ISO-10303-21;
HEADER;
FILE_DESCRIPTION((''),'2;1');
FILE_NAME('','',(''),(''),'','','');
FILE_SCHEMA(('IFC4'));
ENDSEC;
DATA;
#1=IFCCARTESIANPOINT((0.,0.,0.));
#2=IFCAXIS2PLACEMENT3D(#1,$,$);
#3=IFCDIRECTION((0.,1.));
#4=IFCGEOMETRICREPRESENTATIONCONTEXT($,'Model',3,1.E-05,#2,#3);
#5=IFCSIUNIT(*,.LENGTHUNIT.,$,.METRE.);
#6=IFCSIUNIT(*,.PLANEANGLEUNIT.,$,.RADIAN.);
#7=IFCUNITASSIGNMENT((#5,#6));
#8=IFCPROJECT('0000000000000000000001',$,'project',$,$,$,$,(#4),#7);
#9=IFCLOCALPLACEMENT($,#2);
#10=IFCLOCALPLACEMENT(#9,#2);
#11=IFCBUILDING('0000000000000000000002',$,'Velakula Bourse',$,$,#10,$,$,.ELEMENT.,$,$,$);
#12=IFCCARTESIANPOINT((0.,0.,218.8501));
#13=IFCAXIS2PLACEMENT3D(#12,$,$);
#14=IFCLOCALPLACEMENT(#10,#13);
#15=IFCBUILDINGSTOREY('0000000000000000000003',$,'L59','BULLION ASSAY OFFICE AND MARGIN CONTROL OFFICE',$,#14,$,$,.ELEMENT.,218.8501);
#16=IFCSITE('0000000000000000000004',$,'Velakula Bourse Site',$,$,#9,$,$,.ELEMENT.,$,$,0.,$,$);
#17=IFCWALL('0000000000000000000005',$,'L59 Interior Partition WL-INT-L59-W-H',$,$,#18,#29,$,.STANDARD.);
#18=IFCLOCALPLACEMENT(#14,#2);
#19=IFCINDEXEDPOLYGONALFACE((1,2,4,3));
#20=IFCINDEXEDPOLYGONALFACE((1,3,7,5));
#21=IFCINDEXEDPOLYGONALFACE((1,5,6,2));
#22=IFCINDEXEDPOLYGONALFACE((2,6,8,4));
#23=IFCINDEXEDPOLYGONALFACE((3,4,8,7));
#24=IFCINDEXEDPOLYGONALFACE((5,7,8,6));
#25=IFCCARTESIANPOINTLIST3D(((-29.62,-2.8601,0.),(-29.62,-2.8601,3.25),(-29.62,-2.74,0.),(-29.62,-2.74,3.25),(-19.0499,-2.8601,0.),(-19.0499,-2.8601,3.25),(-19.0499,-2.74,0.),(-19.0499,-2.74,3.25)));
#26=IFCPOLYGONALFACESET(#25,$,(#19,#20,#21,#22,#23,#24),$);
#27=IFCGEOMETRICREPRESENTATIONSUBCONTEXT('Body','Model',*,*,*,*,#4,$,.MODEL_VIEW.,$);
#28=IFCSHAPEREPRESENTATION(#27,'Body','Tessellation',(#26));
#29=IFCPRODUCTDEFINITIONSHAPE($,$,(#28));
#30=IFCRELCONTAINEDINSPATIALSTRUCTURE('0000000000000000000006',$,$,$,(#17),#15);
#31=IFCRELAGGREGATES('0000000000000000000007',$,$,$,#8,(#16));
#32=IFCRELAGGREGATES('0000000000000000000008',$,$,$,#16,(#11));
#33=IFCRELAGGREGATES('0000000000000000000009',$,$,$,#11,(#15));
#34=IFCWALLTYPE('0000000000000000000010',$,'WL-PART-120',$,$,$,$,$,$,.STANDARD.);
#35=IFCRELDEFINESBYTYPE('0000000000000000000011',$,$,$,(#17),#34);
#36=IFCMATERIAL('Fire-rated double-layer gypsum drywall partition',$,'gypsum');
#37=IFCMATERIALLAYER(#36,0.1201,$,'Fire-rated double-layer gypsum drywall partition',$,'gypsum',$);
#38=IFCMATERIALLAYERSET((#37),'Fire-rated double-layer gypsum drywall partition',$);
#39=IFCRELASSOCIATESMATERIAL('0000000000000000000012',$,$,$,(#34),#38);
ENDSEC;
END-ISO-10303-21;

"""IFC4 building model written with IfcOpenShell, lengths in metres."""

from ifc_helpers import new_model, si_unit, direction, frame, frame_2d, origin, place, context, subcontext, project, spatial, rectangle, extrude, material, layer, layer_set, type_object, element, save


model = new_model("IFC4")

# Units and contexts
model_context = context("Model", 3, precision=1e-05, world=origin(), true_north=direction((0.0, 1.0)))
body_context = subcontext(model_context, "Body", "Model", "MODEL_VIEW")
ifc_project = project(units=[si_unit("LENGTHUNIT", "METRE"), si_unit("PLANEANGLEUNIT", "RADIAN")], contexts=[model_context])

# Site, building, storey
site_placement = place(None, origin())
site = spatial("IfcSite", under=ifc_project, at=site_placement, Name="Velakula Bourse Site", CompositionType="ELEMENT", RefElevation=0.0)
building_placement = place(site_placement, origin())
building = spatial("IfcBuilding", under=site, at=building_placement, Name="Velakula Bourse", CompositionType="ELEMENT")
storey_placement = place(building_placement, frame((0.0, 0.0, 218.8501)))
storey = spatial("IfcBuildingStorey", under=building, at=storey_placement, Name="L59", Description="BULLION ASSAY OFFICE AND MARGIN CONTROL OFFICE", CompositionType="ELEMENT", Elevation=218.8501)

# Wall
ifc_material_1 = material(Name="Fire-rated double-layer gypsum drywall partition", Category="gypsum")
ifc_layer_1 = layer(ifc_material_1, 0.1201, Name="Fire-rated double-layer gypsum drywall partition", Category="gypsum")
ifc_layer_set_1 = layer_set([ifc_layer_1], Name="Fire-rated double-layer gypsum drywall partition")
wall_type_1 = type_object("IfcWallType", Name="WL-PART-120", PredefinedType="STANDARD", material=ifc_layer_set_1)
wall_1_placement = place(storey_placement, frame((-29.6201, -2.8, 0.0), z_axis=(0.0, 0.0, 1.0), x_axis=(1.0, 0.0, 0.0)))
element("IfcWall", 1, at=wall_1_placement, inside=storey, type_object=wall_type_1, Name="L59 Interior Partition WL-INT-L59-W-H", PredefinedType="STANDARD", context=body_context, shape_type="SweptSolid", body=[
    extrude(rectangle(XDim=10.5701, YDim=0.1201, at=frame_2d((5.2852, 0.0))), origin(), (0.0, 0.0, 1.0), 3.25),
])

save(model, "model.ifc")
